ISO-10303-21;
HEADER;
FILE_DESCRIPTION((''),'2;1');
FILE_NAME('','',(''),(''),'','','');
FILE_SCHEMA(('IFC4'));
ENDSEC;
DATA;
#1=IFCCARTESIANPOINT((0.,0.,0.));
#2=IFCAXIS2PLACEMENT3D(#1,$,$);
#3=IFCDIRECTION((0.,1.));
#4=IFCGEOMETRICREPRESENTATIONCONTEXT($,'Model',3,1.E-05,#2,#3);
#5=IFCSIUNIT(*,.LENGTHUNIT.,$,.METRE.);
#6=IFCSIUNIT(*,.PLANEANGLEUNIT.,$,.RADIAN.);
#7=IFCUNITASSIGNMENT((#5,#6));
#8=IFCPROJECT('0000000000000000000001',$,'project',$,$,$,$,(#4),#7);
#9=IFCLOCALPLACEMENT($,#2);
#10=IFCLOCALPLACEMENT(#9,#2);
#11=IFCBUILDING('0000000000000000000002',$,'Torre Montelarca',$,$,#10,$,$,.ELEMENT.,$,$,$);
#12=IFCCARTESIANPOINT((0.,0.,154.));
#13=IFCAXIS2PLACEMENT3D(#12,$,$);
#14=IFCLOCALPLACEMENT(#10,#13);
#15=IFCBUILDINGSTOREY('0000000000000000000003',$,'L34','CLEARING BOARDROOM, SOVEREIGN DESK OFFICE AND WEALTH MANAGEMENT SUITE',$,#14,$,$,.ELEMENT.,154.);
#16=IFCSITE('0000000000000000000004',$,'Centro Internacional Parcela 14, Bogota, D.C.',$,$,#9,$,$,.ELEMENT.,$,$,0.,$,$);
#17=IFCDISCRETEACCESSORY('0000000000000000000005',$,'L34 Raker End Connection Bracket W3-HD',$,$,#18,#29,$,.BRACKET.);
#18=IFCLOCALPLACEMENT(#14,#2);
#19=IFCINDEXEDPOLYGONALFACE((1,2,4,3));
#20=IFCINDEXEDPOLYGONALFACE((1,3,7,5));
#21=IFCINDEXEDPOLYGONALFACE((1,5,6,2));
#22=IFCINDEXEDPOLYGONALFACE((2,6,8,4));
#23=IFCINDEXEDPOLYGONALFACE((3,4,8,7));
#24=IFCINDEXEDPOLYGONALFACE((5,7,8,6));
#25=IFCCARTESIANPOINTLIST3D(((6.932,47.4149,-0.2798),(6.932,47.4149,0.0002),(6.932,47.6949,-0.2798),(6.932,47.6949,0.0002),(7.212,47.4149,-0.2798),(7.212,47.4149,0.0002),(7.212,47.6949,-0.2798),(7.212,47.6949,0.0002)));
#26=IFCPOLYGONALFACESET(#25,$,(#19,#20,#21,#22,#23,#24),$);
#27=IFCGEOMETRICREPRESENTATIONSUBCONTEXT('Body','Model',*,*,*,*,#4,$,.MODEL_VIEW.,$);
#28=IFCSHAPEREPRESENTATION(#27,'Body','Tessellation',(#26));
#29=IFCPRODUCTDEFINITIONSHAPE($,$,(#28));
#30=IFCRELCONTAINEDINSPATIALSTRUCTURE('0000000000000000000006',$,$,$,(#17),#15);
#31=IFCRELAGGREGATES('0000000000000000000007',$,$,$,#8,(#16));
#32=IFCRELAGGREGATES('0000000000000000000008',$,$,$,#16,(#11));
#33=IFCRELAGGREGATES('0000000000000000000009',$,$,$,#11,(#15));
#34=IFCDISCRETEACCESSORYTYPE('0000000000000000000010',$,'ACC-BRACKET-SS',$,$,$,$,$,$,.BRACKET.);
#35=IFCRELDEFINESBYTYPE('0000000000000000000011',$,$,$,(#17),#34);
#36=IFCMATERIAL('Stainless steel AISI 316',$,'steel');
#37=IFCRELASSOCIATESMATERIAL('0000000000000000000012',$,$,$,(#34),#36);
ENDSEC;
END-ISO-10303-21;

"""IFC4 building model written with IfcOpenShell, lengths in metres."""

from ifc_helpers import new_model, si_unit, direction, frame, origin, origin_2d, place, context, subcontext, project, spatial, rectangle, extrude, source, transform, mapped, material, type_object, element, save


model = new_model("IFC4")

# Units and contexts
model_context = context("Model", 3, precision=1e-05, world=origin(), true_north=direction((0.0, 1.0)))
body_context = subcontext(model_context, "Body", "Model", "MODEL_VIEW")
ifc_project = project(units=[si_unit("LENGTHUNIT", "METRE"), si_unit("PLANEANGLEUNIT", "RADIAN")], contexts=[model_context])

# Site, building, storey
site_placement = place(None, origin())
site = spatial("IfcSite", under=ifc_project, at=site_placement, Name="Centro Internacional Parcela 14, Bogota, D.C.", CompositionType="ELEMENT", RefElevation=0.0)
building_placement = place(site_placement, origin())
building = spatial("IfcBuilding", under=site, at=building_placement, Name="Torre Montelarca", CompositionType="ELEMENT")
storey_placement = place(building_placement, frame((0.0, 0.0, 154.0)))
storey = spatial("IfcBuildingStorey", under=building, at=storey_placement, Name="L34", Description="CLEARING BOARDROOM, SOVEREIGN DESK OFFICE AND WEALTH MANAGEMENT SUITE", CompositionType="ELEMENT", Elevation=154.0)

# Discrete accessory
ifc_material_1 = material(Name="Stainless steel AISI 316", Category="steel")
discrete_accessory_type = type_object("IfcDiscreteAccessoryType", Name="ACC-BRACKET-SS", PredefinedType="BRACKET", material=ifc_material_1)
shared_shape_1 = source(origin(), body_context, "Body", "SweptSolid", [
    extrude(rectangle(XDim=0.28, YDim=0.28, at=origin_2d()), origin(), (0.0, 0.0, 1.0), 0.28),
])
for number, where, z_axis, x_axis, name in (
    (1, (7.072, 47.5549, -0.2798), (0.0, 0.0, 1.0), (1.0, 0.0, 0.0), "L34 Raker End Connection Bracket W3-HD"),
):
    element("IfcDiscreteAccessory", number, at=place(storey_placement, frame(where, z_axis=z_axis, x_axis=x_axis)), inside=storey, type_object=discrete_accessory_type, Name=name, PredefinedType="BRACKET", context=body_context, shape_type="MappedRepresentation", body=[
        mapped(shared_shape_1, transform((0.0, 0.0, 0.0), scale=1.0)),
    ])

save(model, "model.ifc")
